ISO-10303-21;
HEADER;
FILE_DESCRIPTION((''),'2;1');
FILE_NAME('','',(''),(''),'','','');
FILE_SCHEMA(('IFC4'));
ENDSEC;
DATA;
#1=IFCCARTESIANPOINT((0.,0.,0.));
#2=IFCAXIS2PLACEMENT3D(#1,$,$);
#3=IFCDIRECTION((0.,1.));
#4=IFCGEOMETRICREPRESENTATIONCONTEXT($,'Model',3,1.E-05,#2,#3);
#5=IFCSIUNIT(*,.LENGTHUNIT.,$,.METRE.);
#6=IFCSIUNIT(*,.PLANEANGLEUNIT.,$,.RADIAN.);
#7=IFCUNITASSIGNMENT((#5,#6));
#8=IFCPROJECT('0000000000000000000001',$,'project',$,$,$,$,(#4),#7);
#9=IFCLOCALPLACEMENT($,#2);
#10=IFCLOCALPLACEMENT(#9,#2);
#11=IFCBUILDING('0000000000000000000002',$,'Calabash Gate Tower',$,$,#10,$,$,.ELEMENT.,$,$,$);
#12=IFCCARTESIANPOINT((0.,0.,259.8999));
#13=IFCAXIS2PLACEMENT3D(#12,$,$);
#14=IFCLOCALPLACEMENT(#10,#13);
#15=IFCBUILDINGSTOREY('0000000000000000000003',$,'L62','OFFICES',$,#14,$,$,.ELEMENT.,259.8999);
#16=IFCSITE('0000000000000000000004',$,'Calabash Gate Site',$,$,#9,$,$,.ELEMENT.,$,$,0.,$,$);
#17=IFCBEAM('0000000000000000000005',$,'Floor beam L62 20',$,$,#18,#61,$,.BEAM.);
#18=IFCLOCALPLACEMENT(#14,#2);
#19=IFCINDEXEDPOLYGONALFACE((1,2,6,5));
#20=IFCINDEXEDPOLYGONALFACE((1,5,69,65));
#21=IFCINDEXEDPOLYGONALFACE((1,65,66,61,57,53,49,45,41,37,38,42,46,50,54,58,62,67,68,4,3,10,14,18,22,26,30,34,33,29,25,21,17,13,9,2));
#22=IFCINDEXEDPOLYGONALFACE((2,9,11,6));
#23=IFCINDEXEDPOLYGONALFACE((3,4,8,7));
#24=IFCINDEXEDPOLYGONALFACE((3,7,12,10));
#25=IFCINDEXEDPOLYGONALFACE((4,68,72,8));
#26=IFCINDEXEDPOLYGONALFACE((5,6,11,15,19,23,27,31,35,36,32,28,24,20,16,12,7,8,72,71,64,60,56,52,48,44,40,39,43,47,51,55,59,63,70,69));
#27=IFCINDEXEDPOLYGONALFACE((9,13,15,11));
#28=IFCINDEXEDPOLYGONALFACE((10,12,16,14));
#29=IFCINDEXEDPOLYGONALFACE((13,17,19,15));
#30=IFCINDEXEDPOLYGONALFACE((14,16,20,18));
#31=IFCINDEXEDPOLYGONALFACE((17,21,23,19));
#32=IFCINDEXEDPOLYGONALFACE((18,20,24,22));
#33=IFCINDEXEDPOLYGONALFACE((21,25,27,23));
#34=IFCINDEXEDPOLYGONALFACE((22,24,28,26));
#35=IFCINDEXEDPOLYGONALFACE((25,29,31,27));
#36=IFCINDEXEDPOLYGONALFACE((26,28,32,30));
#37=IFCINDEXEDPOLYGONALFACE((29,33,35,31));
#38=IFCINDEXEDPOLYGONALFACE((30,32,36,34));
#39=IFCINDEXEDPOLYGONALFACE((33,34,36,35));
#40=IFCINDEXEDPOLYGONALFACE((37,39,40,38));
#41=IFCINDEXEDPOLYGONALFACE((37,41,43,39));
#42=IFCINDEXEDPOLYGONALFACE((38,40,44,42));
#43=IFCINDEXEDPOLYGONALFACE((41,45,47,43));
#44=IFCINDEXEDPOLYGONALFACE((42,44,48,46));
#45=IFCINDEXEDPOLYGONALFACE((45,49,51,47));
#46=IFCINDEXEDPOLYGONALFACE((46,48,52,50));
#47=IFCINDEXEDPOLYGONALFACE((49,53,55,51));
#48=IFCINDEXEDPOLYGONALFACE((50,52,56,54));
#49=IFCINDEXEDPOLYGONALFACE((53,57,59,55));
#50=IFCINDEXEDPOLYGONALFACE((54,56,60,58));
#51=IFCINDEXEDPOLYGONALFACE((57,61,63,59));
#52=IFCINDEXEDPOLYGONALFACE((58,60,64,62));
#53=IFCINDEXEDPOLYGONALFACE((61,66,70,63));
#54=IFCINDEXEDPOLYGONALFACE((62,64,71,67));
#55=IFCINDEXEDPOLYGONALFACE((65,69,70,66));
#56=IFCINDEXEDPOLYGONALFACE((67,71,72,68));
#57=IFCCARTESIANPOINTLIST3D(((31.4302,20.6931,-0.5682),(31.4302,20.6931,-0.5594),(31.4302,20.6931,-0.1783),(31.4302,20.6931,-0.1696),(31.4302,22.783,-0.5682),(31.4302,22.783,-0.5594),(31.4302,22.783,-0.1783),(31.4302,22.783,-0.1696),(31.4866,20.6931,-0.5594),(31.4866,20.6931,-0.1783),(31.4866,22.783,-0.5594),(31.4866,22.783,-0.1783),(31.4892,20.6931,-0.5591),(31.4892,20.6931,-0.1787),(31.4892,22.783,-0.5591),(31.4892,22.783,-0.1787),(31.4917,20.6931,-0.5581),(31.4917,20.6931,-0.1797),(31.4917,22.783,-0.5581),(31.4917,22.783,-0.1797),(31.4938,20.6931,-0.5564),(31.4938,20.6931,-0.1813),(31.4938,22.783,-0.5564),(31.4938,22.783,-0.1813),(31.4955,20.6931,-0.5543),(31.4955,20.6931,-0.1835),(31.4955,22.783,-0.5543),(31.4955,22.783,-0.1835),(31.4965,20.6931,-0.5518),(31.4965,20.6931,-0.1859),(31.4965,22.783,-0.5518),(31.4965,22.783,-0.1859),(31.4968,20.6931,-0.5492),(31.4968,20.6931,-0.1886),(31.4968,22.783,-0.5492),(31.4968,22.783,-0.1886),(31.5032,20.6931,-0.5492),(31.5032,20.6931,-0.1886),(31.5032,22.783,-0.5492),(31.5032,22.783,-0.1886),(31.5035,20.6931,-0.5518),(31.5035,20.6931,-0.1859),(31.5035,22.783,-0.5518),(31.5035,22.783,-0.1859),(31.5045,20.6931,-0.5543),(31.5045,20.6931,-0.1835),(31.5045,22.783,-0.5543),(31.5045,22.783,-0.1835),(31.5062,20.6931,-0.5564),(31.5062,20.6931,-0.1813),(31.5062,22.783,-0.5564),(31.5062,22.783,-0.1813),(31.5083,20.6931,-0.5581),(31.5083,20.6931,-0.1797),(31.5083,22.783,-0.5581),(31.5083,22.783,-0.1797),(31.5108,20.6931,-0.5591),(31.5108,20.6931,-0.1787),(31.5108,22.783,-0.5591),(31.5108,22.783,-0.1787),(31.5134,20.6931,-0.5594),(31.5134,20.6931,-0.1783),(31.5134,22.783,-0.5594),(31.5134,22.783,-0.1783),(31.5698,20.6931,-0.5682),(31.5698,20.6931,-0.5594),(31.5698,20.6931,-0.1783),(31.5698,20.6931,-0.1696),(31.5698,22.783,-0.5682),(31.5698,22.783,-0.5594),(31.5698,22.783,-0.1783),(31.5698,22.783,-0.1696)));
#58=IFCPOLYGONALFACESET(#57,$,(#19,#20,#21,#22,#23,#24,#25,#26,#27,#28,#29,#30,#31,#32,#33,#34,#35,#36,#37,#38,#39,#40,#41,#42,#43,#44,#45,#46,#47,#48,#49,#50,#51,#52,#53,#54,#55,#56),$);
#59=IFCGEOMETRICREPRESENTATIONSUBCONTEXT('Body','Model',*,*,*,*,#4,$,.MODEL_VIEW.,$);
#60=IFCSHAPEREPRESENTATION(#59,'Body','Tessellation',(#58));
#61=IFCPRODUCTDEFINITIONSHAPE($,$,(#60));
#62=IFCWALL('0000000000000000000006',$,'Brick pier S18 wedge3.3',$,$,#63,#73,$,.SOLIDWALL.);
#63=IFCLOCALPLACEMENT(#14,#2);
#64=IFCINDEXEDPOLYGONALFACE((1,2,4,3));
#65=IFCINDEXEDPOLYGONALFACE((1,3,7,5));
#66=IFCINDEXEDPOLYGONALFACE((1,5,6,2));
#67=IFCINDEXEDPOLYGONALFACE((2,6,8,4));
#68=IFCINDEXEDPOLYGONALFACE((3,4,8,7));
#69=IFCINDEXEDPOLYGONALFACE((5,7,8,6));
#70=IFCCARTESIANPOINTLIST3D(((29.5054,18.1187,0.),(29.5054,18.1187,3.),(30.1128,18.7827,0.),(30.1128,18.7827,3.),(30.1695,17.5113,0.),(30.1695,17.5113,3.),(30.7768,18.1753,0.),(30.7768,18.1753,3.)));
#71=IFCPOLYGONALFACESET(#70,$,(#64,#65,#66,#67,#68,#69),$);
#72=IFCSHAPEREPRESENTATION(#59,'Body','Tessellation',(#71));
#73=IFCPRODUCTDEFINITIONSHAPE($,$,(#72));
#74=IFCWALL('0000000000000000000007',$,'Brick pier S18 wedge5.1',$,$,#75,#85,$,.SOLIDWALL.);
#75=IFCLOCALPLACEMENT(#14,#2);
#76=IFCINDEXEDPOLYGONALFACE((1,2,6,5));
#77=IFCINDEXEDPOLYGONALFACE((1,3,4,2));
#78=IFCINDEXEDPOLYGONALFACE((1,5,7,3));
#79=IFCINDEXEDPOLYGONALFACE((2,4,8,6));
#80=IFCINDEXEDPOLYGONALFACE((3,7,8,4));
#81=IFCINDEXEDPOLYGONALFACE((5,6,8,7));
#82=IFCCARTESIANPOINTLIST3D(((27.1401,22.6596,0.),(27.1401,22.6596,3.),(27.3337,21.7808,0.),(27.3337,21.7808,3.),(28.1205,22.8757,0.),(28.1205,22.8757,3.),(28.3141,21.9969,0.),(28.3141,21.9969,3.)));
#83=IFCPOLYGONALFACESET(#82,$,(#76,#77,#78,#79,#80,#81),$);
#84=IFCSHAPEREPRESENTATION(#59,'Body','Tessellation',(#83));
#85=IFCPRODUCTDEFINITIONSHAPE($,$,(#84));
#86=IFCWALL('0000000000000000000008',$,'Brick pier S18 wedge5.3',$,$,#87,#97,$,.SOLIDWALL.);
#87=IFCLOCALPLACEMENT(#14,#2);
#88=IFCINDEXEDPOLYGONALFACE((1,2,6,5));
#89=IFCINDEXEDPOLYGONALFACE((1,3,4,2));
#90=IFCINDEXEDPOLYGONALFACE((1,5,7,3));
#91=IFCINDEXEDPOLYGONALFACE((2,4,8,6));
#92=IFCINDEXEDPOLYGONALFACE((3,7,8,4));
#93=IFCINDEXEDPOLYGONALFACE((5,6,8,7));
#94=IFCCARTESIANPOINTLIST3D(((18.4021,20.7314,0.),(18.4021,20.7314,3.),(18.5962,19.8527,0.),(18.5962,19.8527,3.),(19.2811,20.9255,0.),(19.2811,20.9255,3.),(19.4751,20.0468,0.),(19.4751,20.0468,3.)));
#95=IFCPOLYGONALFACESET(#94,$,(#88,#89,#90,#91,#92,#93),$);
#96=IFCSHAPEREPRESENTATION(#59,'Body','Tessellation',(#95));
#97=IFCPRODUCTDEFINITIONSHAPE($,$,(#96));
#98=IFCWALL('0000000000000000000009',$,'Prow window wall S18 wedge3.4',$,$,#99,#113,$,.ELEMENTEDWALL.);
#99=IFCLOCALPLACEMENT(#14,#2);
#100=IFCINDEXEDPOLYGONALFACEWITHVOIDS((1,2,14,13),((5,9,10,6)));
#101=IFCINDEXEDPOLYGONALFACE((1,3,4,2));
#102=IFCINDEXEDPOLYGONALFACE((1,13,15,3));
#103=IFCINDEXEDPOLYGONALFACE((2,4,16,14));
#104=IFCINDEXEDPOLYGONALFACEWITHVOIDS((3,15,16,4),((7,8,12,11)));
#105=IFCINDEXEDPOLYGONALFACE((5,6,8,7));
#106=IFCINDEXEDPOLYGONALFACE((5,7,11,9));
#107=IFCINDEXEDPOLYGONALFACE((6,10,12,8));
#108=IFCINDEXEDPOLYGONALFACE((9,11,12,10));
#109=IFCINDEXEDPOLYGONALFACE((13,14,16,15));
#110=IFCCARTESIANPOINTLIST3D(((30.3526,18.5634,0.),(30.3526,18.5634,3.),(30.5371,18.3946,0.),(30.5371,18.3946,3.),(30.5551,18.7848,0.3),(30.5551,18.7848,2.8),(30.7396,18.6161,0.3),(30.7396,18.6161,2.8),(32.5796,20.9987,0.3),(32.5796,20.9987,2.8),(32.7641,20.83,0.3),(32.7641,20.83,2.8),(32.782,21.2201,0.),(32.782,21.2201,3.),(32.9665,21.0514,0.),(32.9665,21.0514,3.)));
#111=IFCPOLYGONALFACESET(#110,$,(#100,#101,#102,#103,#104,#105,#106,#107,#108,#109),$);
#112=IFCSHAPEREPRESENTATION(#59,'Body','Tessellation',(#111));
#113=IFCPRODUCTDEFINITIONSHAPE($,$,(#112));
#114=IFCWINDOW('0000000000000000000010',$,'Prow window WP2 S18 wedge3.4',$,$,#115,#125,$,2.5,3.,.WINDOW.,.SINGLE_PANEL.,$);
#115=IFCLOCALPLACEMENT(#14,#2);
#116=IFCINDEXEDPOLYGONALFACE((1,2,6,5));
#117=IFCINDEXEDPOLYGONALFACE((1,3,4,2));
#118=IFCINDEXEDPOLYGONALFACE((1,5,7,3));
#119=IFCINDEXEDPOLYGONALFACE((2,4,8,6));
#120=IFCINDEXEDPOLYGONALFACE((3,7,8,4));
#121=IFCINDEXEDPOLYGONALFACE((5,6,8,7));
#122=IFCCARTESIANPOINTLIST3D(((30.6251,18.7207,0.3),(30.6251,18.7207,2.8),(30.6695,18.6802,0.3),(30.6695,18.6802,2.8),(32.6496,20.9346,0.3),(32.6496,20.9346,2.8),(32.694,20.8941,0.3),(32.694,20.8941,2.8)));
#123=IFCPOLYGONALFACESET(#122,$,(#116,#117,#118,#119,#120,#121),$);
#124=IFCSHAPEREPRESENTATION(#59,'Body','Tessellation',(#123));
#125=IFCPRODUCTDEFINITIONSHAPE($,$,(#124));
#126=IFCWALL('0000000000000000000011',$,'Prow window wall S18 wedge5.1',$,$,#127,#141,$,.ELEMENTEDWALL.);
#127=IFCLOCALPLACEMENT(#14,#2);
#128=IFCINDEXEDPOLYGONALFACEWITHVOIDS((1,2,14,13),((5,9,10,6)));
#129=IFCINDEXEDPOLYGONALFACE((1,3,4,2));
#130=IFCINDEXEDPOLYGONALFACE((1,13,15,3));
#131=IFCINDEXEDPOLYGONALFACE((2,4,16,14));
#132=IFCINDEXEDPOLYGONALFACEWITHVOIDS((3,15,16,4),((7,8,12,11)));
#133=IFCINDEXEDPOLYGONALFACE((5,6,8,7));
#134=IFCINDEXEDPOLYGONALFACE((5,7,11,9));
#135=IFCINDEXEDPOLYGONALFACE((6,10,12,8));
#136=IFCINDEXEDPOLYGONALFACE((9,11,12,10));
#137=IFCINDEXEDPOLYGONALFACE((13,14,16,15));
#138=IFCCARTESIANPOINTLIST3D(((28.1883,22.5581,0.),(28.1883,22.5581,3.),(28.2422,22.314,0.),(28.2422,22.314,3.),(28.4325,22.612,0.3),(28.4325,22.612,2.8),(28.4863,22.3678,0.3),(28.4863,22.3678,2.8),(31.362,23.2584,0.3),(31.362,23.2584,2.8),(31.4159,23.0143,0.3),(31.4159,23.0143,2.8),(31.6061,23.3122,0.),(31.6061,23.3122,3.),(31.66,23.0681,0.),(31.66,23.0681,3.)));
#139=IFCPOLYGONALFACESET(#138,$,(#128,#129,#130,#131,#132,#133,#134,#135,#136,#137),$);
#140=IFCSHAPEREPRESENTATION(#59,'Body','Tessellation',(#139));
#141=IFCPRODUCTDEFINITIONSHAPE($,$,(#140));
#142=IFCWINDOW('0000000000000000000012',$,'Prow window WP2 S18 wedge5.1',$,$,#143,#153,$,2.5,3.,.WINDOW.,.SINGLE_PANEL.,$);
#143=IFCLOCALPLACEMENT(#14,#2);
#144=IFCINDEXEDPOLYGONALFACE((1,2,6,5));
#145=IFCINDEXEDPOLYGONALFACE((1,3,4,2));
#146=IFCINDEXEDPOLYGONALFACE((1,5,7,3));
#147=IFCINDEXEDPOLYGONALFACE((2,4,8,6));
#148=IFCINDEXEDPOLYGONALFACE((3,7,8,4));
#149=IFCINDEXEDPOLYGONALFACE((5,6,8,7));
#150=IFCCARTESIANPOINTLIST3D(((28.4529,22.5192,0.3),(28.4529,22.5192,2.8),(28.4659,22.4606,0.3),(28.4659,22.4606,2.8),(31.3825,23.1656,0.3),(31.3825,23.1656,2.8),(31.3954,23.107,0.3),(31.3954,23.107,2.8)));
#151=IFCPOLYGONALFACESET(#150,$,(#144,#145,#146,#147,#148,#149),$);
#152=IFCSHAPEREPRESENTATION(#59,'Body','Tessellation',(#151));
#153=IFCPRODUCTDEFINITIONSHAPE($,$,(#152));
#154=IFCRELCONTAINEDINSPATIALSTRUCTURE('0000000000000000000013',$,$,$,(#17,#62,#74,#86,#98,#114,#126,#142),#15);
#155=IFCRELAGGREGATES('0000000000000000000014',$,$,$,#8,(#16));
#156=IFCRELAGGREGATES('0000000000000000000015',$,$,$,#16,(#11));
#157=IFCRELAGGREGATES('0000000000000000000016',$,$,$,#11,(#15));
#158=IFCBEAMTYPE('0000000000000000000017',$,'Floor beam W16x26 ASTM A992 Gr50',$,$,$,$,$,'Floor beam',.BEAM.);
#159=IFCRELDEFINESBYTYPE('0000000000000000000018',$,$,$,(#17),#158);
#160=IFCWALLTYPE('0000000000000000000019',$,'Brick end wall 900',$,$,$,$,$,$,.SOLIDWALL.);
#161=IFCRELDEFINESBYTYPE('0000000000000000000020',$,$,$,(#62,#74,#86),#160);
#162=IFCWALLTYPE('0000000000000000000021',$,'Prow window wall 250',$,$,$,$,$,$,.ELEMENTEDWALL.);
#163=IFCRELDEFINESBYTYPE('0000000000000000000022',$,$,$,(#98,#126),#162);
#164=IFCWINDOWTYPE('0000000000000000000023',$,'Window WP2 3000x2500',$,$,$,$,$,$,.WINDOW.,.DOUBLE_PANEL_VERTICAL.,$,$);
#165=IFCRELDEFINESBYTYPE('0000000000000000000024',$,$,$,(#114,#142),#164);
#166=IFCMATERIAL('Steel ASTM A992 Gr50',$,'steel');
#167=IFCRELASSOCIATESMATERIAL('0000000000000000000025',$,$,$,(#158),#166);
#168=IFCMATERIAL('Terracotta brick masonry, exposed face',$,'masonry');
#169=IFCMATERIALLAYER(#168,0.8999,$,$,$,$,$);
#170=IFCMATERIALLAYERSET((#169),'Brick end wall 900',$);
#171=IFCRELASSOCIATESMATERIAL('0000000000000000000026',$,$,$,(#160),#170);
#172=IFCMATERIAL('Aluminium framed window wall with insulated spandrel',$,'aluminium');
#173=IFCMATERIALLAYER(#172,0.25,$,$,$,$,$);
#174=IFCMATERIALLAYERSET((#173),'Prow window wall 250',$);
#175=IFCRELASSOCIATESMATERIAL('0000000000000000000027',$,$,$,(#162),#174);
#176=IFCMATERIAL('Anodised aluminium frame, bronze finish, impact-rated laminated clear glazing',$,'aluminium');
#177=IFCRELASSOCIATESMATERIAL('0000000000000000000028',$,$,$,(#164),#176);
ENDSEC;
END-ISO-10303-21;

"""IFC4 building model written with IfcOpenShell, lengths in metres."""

from ifc_helpers import new_model, si_unit, direction, frame, frame_2d, origin, origin_2d, place, context, subcontext, project, spatial, rectangle, i_section, extrude, material, layer, layer_set, material_profile, profile_set, type_object, element, fill, save


model = new_model("IFC4")

# Units and contexts
model_context = context("Model", 3, precision=1e-05, world=origin(), true_north=direction((0.0, 1.0)))
body_context = subcontext(model_context, "Body", "Model", "MODEL_VIEW")
ifc_project = project(units=[si_unit("LENGTHUNIT", "METRE"), si_unit("PLANEANGLEUNIT", "RADIAN")], contexts=[model_context])

# Site, building, storey
site_placement = place(None, origin())
site = spatial("IfcSite", under=ifc_project, at=site_placement, Name="Calabash Gate Site", CompositionType="ELEMENT", RefElevation=0.0)
building_placement = place(site_placement, origin())
building = spatial("IfcBuilding", under=site, at=building_placement, Name="Calabash Gate Tower", CompositionType="ELEMENT")
storey_placement = place(building_placement, frame((0.0, 0.0, 259.8999)))
storey = spatial("IfcBuildingStorey", under=building, at=storey_placement, Name="L62", Description="OFFICES", CompositionType="ELEMENT", Elevation=259.8999)

# Beam
ifc_material_1 = material(Name="Steel ASTM A992 Gr50", Category="steel")
ifc_material_profile_1 = material_profile(ifc_material_1, i_section(OverallWidth=0.1396, OverallDepth=0.3987, WebThickness=0.0063, FlangeThickness=0.0088, FilletRadius=0.0103, at=origin_2d()))
ifc_profile_set_1 = profile_set([ifc_material_profile_1], Name="Steel ASTM A992 Gr50")
beam_type_1 = type_object("IfcBeamType", Name="Floor beam W16x26 ASTM A992 Gr50", ElementType="Floor beam", PredefinedType="BEAM", material=ifc_profile_set_1)
beam_1_placement = place(storey_placement, frame((31.5, 20.6931, -0.3689), z_axis=(0.0, 1.0, 0.0), x_axis=(-1.0, 0.0, 0.0)))
element("IfcBeam", 1, at=beam_1_placement, inside=storey, type_object=beam_type_1, Name="Floor beam L62 20", PredefinedType="BEAM", context=body_context, shape_type="SweptSolid", body=[
    extrude(i_section(OverallWidth=0.1396, OverallDepth=0.3987, WebThickness=0.0063, FlangeThickness=0.0088, FilletRadius=0.0103, at=origin_2d()), origin(), (0.0, 0.0, 1.0), 2.0898),
])

# Walls
ifc_material_2 = material(Name="Terracotta brick masonry, exposed face", Category="masonry")
ifc_layer_1 = layer(ifc_material_2, 0.8999)
ifc_layer_set_1 = layer_set([ifc_layer_1], Name="Brick end wall 900")
wall_type_1 = type_object("IfcWallType", Name="Brick end wall 900", PredefinedType="SOLIDWALL", material=ifc_layer_set_1)
wall_1_placement = place(storey_placement, frame((30.4448, 18.479, 0.0), z_axis=(0.0, 0.0, 1.0), x_axis=(-0.674938, -0.737874, 0.0)))
element("IfcWall", 2, at=wall_1_placement, inside=storey, type_object=wall_type_1, Name="Brick pier S18 wedge3.3", PredefinedType="SOLIDWALL", context=body_context, shape_type="SweptSolid", body=[
    extrude(rectangle(XDim=0.8999, YDim=0.8999, at=frame_2d((0.45, 0.0))), origin(), (0.0, 0.0, 1.0), 3.0),
])
wall_2_placement = place(storey_placement, frame((28.2173, 22.4363, 0.0), z_axis=(0.0, 0.0, 1.0), x_axis=(-0.976569, -0.215205, 0.0)))
element("IfcWall", 3, at=wall_2_placement, inside=storey, type_object=wall_type_1, Name="Brick pier S18 wedge5.1", PredefinedType="SOLIDWALL", context=body_context, shape_type="SweptSolid", body=[
    extrude(rectangle(XDim=1.0039, YDim=0.8999, at=frame_2d((0.502, 0.0))), origin(), (0.0, 0.0, 1.0), 3.0),
])
wall_3_placement = place(storey_placement, frame((18.499, 20.292, 0.0), z_axis=(0.0, 0.0, 1.0), x_axis=(0.976473, 0.215638, 0.0)))
element("IfcWall", 4, at=wall_3_placement, inside=storey, type_object=wall_type_1, Name="Brick pier S18 wedge5.3", PredefinedType="SOLIDWALL", context=body_context, shape_type="SweptSolid", body=[
    extrude(rectangle(XDim=0.9001, YDim=0.8999, at=frame_2d((0.4502, 0.0))), origin(), (0.0, 0.0, 1.0), 3.0),
])

# Walls, openings, windows
ifc_material_3 = material(Name="Aluminium framed window wall with insulated spandrel", Category="aluminium")
ifc_layer_2 = layer(ifc_material_3, 0.25)
ifc_layer_set_2 = layer_set([ifc_layer_2], Name="Prow window wall 250")
wall_type_2 = type_object("IfcWallType", Name="Prow window wall 250", PredefinedType="ELEMENTEDWALL", material=ifc_layer_set_2)
wall_4_placement = place(storey_placement, frame((30.4448, 18.479, 0.0), z_axis=(0.0, 0.0, 1.0), x_axis=(0.674834, 0.73797, 0.0)))
wall_4 = element("IfcWall", 5, at=wall_4_placement, inside=storey, type_object=wall_type_2, Name="Prow window wall S18 wedge3.4", PredefinedType="ELEMENTEDWALL", context=body_context, shape_type="SweptSolid", body=[
    extrude(rectangle(XDim=3.6001, YDim=0.25, at=frame_2d((1.8, 0.0))), origin(), (0.0, 0.0, 1.0), 3.0),
])
opening_1_placement = place(wall_4_placement, frame((0.3, 0.0, 0.3)))
opening_1 = element("IfcOpeningElement", 6, at=opening_1_placement, cuts=wall_4, PredefinedType="OPENING", context=body_context, shape_type="SweptSolid", body=[
    extrude(rectangle(XDim=3.0, YDim=2.5, at=frame_2d((1.5, 1.25))), frame((0.0, 0.135, 0.0), z_axis=(0.0, -1.0, 0.0), x_axis=(1.0, 0.0, 0.0)), (0.0, 0.0, 1.0), 0.27),
])
ifc_material_4 = material(Name="Anodised aluminium frame, bronze finish, impact-rated laminated clear glazing", Category="aluminium")
window_type = type_object("IfcWindowType", Name="Window WP2 3000x2500", PartitioningType="DOUBLE_PANEL_VERTICAL", PredefinedType="WINDOW", material=ifc_material_4)
window_1_placement = place(opening_1_placement, origin())
window_1 = element("IfcWindow", 7, at=window_1_placement, inside=storey, type_object=window_type, Name="Prow window WP2 S18 wedge3.4", OverallHeight=2.5, OverallWidth=3.0, PartitioningType="SINGLE_PANEL", PredefinedType="WINDOW", context=body_context, shape_type="SweptSolid", body=[
    extrude(rectangle(XDim=3.0, YDim=2.5, at=frame_2d((1.5, 1.25))), frame((0.0, 0.03, 0.0), z_axis=(0.0, -1.0, 0.0), x_axis=(1.0, 0.0, 0.0)), (0.0, 0.0, 1.0), 0.0601),
])
fill(opening_1, window_1)
wall_5_placement = place(storey_placement, frame((31.6331, 23.1902, 0.0), z_axis=(0.0, 0.0, 1.0), x_axis=(-0.976509, -0.215475, 0.0)))
wall_5 = element("IfcWall", 8, at=wall_5_placement, inside=storey, type_object=wall_type_2, Name="Prow window wall S18 wedge5.1", PredefinedType="ELEMENTEDWALL", context=body_context, shape_type="SweptSolid", body=[
    extrude(rectangle(XDim=3.5, YDim=0.25, at=frame_2d((1.75, 0.0))), origin(), (0.0, 0.0, 1.0), 3.0),
])
opening_2_placement = place(wall_5_placement, frame((0.25, 0.0, 0.3)))
opening_2 = element("IfcOpeningElement", 9, at=opening_2_placement, cuts=wall_5, PredefinedType="OPENING", context=body_context, shape_type="SweptSolid", body=[
    extrude(rectangle(XDim=3.0, YDim=2.5, at=frame_2d((1.5, 1.25))), frame((0.0, 0.135, 0.0), z_axis=(0.0, -1.0, 0.0), x_axis=(1.0, 0.0, 0.0)), (0.0, 0.0, 1.0), 0.27),
])
window_2_placement = place(opening_2_placement, origin())
window_2 = element("IfcWindow", 10, at=window_2_placement, inside=storey, type_object=window_type, Name="Prow window WP2 S18 wedge5.1", OverallHeight=2.5, OverallWidth=3.0, PartitioningType="SINGLE_PANEL", PredefinedType="WINDOW", context=body_context, shape_type="SweptSolid", body=[
    extrude(rectangle(XDim=3.0, YDim=2.5, at=frame_2d((1.5, 1.25))), frame((0.0, 0.03, 0.0), z_axis=(0.0, -1.0, 0.0), x_axis=(1.0, 0.0, 0.0)), (0.0, 0.0, 1.0), 0.0601),
])
fill(opening_2, window_2)

save(model, "model.ifc")
